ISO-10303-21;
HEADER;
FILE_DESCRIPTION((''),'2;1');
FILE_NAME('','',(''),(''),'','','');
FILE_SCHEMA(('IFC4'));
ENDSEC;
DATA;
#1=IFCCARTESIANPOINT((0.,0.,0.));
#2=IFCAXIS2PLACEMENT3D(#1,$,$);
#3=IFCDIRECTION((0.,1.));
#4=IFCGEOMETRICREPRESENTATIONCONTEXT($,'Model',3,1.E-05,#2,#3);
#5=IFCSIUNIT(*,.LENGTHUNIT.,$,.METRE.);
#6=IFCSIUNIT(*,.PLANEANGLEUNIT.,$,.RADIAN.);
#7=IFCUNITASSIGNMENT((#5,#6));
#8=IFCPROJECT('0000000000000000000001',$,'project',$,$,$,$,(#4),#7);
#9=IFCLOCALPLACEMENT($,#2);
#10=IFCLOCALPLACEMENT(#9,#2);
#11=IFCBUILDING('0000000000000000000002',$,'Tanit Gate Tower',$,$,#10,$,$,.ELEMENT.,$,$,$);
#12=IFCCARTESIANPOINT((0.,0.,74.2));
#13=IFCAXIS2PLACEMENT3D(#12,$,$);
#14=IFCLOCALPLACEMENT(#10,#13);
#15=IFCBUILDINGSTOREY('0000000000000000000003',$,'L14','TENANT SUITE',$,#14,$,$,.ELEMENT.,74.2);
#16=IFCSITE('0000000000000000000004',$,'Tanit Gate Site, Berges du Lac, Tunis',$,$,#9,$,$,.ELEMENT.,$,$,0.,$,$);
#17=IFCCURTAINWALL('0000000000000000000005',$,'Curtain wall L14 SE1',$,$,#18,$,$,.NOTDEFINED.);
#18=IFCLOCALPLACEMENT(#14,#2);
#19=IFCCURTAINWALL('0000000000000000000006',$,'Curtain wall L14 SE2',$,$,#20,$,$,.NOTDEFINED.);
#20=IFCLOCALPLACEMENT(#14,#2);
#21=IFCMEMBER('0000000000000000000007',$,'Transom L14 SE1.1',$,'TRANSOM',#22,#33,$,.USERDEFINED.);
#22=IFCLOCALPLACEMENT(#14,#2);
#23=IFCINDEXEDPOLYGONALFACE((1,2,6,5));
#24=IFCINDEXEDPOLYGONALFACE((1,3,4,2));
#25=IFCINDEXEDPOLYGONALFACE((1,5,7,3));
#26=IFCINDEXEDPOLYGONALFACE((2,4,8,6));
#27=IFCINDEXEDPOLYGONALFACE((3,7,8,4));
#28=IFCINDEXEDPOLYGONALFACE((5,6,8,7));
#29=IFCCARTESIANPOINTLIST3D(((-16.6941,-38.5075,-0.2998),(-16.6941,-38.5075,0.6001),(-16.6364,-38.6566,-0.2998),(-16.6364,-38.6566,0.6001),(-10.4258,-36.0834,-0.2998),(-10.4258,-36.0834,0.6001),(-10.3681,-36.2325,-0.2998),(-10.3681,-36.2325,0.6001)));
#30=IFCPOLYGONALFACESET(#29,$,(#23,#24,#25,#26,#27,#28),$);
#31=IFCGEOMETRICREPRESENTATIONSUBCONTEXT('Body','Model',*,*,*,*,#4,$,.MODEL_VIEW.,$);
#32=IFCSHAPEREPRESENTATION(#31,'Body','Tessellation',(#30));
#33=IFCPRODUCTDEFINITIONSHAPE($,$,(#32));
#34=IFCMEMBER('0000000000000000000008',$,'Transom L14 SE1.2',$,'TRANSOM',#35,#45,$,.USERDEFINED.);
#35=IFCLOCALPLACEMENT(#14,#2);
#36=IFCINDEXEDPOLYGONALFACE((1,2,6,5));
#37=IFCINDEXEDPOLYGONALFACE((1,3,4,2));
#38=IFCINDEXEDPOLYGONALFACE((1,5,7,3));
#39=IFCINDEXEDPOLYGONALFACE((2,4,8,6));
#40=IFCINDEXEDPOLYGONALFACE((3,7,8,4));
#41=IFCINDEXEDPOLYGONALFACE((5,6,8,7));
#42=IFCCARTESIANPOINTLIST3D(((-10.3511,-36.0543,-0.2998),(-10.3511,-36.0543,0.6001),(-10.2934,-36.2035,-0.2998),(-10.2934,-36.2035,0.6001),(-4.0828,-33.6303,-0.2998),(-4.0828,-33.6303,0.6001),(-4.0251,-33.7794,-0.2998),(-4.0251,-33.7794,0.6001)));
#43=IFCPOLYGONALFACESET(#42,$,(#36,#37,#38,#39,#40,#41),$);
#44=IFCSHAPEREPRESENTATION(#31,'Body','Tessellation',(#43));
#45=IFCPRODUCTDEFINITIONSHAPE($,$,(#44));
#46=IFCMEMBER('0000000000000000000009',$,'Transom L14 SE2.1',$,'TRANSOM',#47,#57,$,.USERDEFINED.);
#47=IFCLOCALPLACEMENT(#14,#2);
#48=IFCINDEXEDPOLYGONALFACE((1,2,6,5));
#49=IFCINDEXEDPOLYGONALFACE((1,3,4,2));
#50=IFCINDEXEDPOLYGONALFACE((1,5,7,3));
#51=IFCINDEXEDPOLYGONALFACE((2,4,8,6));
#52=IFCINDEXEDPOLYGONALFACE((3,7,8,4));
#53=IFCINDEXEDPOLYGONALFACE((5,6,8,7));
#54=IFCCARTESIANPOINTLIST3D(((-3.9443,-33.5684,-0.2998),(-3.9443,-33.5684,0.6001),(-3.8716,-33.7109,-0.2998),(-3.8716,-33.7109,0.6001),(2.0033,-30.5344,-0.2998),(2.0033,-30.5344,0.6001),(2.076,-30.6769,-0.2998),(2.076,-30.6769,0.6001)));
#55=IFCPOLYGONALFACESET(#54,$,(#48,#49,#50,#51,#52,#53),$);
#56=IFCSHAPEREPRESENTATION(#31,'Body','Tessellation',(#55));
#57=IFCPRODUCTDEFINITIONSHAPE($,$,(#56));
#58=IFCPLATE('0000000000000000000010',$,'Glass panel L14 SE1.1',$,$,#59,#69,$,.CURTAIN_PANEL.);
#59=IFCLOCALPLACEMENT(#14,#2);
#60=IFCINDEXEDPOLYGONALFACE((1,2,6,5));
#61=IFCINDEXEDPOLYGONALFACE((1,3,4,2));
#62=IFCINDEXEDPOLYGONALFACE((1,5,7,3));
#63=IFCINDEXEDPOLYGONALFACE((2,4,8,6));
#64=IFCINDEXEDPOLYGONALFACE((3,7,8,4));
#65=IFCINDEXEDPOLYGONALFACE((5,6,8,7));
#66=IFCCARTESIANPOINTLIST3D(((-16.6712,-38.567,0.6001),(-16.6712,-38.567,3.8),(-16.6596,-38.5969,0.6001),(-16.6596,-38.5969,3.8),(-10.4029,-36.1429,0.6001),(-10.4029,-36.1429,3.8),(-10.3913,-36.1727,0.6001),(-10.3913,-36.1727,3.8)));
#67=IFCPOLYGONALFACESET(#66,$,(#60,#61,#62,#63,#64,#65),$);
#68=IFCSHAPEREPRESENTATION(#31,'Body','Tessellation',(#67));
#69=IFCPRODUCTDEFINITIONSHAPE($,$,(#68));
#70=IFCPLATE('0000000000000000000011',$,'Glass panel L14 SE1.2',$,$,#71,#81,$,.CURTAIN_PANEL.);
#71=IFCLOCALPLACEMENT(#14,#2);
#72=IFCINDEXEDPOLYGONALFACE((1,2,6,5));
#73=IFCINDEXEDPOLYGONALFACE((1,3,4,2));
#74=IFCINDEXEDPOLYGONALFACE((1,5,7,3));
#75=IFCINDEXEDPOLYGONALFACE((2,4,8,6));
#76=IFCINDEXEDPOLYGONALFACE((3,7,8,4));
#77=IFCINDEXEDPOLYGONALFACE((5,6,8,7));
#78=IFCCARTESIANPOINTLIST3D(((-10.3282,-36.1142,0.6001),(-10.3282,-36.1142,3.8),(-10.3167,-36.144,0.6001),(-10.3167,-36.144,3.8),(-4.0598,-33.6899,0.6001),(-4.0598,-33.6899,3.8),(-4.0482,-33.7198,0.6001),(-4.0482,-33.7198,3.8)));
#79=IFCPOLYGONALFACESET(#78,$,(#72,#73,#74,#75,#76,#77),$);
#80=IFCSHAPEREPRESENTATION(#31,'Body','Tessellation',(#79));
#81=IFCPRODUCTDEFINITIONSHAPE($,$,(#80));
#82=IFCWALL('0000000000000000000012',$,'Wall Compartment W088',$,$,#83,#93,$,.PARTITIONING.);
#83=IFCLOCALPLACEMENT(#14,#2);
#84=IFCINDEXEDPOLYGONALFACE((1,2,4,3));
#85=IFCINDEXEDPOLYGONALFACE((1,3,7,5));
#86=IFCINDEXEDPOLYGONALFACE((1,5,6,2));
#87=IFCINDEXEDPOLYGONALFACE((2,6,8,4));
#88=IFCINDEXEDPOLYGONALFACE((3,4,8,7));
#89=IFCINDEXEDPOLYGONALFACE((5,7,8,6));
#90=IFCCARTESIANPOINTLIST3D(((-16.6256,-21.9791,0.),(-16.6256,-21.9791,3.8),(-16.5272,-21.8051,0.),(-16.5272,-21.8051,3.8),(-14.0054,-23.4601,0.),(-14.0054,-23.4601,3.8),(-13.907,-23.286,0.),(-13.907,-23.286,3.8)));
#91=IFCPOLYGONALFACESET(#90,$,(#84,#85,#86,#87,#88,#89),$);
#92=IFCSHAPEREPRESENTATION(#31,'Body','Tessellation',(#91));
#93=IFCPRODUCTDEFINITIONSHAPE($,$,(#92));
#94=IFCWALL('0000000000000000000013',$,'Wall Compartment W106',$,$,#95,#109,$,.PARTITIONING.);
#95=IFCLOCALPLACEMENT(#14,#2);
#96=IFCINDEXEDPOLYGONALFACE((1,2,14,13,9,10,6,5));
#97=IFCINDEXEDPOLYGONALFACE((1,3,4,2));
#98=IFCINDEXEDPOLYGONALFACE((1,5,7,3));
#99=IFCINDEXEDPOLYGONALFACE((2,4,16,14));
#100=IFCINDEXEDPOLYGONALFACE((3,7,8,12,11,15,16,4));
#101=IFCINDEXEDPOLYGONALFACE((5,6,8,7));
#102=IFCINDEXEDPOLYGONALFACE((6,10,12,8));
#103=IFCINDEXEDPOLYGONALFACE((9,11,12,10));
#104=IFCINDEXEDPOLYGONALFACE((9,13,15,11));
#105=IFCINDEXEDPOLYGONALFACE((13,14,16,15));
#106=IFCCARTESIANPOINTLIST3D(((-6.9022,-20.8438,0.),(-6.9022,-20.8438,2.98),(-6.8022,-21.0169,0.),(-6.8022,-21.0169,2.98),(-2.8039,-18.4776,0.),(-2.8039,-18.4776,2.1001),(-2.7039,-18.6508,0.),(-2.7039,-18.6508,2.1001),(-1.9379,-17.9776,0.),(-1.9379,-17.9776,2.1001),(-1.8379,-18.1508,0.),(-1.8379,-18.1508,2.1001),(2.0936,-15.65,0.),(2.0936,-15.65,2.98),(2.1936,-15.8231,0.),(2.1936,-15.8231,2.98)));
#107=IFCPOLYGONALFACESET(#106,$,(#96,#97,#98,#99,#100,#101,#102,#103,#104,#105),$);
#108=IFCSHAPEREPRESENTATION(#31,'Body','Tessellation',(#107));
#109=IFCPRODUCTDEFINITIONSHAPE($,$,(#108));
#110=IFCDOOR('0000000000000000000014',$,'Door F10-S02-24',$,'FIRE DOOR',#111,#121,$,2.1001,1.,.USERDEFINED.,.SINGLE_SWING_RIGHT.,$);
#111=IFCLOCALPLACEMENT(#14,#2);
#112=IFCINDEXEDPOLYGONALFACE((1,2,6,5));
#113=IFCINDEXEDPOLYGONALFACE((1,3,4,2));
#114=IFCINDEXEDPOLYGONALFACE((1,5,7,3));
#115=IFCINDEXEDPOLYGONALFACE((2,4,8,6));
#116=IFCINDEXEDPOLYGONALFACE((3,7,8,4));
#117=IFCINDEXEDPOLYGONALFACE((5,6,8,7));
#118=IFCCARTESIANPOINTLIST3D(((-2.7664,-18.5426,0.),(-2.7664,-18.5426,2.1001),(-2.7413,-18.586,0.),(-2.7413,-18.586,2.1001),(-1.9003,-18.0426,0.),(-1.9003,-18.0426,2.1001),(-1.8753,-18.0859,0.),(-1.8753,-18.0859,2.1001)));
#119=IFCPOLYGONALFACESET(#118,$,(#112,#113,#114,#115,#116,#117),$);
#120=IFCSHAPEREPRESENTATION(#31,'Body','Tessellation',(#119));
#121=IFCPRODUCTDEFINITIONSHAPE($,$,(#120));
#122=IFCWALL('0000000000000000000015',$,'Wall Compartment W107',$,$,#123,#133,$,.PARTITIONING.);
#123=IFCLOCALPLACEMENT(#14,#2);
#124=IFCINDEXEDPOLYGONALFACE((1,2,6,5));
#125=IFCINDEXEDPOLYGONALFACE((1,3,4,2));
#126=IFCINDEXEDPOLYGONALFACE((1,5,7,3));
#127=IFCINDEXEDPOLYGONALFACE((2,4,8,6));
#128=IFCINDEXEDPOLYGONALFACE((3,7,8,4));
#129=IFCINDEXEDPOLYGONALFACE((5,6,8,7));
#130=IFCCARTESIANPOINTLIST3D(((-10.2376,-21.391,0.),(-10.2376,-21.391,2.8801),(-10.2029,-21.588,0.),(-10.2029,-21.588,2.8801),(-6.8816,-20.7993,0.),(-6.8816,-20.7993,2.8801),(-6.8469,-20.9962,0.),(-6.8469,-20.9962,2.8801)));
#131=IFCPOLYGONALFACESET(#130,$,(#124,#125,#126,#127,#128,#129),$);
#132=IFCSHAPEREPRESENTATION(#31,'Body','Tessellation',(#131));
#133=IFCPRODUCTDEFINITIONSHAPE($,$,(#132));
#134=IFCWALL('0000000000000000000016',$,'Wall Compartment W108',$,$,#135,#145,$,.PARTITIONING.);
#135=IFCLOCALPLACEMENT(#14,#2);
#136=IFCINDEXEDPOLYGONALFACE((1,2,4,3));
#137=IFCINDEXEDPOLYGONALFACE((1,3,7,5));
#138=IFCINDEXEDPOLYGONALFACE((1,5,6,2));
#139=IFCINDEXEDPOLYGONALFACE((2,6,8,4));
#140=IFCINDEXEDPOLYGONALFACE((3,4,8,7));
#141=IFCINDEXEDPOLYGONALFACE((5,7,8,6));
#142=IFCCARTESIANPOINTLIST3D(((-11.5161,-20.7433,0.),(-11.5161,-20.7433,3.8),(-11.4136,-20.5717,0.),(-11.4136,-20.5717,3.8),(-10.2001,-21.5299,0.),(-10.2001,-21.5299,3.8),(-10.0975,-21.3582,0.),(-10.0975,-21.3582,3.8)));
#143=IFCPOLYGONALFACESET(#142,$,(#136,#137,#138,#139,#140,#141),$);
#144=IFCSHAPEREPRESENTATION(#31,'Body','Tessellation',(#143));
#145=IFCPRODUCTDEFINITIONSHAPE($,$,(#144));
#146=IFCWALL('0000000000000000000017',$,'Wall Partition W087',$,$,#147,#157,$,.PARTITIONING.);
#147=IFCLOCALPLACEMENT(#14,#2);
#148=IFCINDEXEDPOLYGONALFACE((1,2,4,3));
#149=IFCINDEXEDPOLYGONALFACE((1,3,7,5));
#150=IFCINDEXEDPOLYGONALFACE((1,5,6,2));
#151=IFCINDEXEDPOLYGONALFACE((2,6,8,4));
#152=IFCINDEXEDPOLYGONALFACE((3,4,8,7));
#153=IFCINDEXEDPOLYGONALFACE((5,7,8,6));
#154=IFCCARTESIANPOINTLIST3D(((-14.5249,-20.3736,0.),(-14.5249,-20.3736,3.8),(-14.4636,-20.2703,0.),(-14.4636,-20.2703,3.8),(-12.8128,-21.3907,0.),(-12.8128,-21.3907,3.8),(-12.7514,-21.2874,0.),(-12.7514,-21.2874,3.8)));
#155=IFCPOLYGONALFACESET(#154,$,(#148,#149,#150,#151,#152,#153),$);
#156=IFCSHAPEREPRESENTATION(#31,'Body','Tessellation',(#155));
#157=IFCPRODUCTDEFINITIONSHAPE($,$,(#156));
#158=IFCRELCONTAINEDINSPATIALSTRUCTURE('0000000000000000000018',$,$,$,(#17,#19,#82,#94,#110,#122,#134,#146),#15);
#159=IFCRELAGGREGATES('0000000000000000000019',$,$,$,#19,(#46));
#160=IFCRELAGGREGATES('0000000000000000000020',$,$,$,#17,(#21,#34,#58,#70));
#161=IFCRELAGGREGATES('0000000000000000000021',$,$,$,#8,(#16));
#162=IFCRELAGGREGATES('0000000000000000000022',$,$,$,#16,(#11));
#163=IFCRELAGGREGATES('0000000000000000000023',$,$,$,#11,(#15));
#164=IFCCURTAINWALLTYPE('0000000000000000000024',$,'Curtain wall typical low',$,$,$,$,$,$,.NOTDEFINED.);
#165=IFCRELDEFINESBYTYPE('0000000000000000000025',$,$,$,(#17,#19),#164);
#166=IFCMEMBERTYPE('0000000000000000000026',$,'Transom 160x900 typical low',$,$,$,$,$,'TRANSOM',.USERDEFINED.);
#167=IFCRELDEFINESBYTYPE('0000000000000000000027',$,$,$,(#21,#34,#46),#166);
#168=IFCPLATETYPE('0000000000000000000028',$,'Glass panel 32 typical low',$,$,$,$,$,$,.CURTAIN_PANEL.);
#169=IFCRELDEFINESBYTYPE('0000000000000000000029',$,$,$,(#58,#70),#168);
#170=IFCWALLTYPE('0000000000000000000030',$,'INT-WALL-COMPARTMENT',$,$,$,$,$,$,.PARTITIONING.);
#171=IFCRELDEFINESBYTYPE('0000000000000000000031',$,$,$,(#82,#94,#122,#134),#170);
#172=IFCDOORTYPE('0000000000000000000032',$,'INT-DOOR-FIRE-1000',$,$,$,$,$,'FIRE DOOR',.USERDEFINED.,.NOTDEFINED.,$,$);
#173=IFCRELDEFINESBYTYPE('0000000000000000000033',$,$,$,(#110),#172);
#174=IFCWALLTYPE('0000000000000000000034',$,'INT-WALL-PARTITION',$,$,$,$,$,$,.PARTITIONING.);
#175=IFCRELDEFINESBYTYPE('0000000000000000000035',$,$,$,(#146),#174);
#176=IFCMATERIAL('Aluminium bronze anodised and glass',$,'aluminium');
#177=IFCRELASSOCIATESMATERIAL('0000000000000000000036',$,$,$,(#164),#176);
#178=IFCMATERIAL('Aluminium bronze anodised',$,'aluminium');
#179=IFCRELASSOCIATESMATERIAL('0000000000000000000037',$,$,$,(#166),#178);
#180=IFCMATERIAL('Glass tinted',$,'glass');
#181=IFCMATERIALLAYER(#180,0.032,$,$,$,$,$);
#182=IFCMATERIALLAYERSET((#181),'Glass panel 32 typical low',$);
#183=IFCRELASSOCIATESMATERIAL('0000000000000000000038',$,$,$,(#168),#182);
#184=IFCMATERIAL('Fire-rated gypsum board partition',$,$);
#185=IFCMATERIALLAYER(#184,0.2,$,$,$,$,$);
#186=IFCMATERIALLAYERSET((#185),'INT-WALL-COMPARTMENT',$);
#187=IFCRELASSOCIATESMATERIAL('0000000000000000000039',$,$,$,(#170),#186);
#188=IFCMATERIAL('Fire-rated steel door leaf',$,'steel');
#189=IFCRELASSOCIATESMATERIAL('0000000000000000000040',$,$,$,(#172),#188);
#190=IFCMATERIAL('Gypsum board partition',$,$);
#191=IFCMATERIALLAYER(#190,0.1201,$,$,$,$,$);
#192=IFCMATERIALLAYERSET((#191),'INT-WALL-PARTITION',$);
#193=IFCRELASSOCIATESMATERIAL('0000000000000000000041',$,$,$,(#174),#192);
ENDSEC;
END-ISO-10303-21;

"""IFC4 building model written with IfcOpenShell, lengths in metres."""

from ifc_helpers import new_model, si_unit, direction, frame, frame_2d, origin, origin_2d, place, context, subcontext, project, spatial, rectangle, extrude, material, layer, layer_set, material_profile, profile_set, type_object, element, fill, aggregate, save


model = new_model("IFC4")

# Units and contexts
model_context = context("Model", 3, precision=1e-05, world=origin(), true_north=direction((0.0, 1.0)))
body_context = subcontext(model_context, "Body", "Model", "MODEL_VIEW")
ifc_project = project(units=[si_unit("LENGTHUNIT", "METRE"), si_unit("PLANEANGLEUNIT", "RADIAN")], contexts=[model_context])

# Site, building, storey
site_placement = place(None, origin())
site = spatial("IfcSite", under=ifc_project, at=site_placement, Name="Tanit Gate Site, Berges du Lac, Tunis", CompositionType="ELEMENT", RefElevation=0.0)
building_placement = place(site_placement, origin())
building = spatial("IfcBuilding", under=site, at=building_placement, Name="Tanit Gate Tower", CompositionType="ELEMENT")
storey_placement = place(building_placement, frame((0.0, 0.0, 74.2)))
storey = spatial("IfcBuildingStorey", under=building, at=storey_placement, Name="L14", Description="TENANT SUITE", CompositionType="ELEMENT", Elevation=74.2)

# Curtain walls
ifc_material_1 = material(Name="Aluminium bronze anodised and glass", Category="aluminium")
curtain_wall_type = type_object("IfcCurtainWallType", Name="Curtain wall typical low", PredefinedType="NOTDEFINED", material=ifc_material_1)
curtain_wall_1_placement = place(storey_placement, origin())
curtain_wall_1 = element("IfcCurtainWall", 1, at=curtain_wall_1_placement, inside=storey, type_object=curtain_wall_type, Name="Curtain wall L14 SE1", PredefinedType="NOTDEFINED")
curtain_wall_2_placement = place(storey_placement, origin())
curtain_wall_2 = element("IfcCurtainWall", 2, at=curtain_wall_2_placement, inside=storey, type_object=curtain_wall_type, Name="Curtain wall L14 SE2", PredefinedType="NOTDEFINED")

# Members
ifc_material_2 = material(Name="Aluminium bronze anodised", Category="aluminium")
ifc_material_profile_1 = material_profile(ifc_material_2, rectangle(XDim=0.1599, YDim=0.8999, at=origin_2d()), Name="160x900 bronze transom")
ifc_profile_set_1 = profile_set([ifc_material_profile_1], Name="Aluminium bronze anodised")
member_type_1 = type_object("IfcMemberType", Name="Transom 160x900 typical low", ElementType="TRANSOM", PredefinedType="USERDEFINED", material=ifc_profile_set_1)
member_1_placement = place(storey_placement, frame((-16.6653, -38.582, 0.1501), z_axis=(0.932687, 0.360687, 0.0), x_axis=(-0.360687, 0.932687, 0.0)))
member_1 = element("IfcMember", 3, at=member_1_placement, type_object=member_type_1, Name="Transom L14 SE1.1", ObjectType="TRANSOM", PredefinedType="USERDEFINED", context=body_context, shape_type="SweptSolid", body=[
    extrude(rectangle(XDim=0.1599, YDim=0.8999, at=origin_2d()), origin(), (0.0, 0.0, 1.0), 6.7207),
])
member_2_placement = place(storey_placement, frame((-10.3223, -36.1289, 0.1501), z_axis=(0.932687, 0.360687, 0.0), x_axis=(-0.360687, 0.932687, 0.0)))
member_2 = element("IfcMember", 4, at=member_2_placement, type_object=member_type_1, Name="Transom L14 SE1.2", ObjectType="TRANSOM", PredefinedType="USERDEFINED", context=body_context, shape_type="SweptSolid", body=[
    extrude(rectangle(XDim=0.1599, YDim=0.8999, at=origin_2d()), origin(), (0.0, 0.0, 1.0), 6.7207),
])
member_3_placement = place(storey_placement, frame((-3.908, -33.6396, 0.1501), z_axis=(0.890793, 0.45441, 0.0), x_axis=(-0.45441, 0.890793, 0.0)))
member_3 = element("IfcMember", 5, at=member_3_placement, type_object=member_type_1, Name="Transom L14 SE2.1", ObjectType="TRANSOM", PredefinedType="USERDEFINED", context=body_context, shape_type="SweptSolid", body=[
    extrude(rectangle(XDim=0.1599, YDim=0.8999, at=origin_2d()), origin(), (0.0, 0.0, 1.0), 6.6768),
])
aggregate(curtain_wall_2, [member_3])

# Plates
ifc_material_3 = material(Name="Glass tinted", Category="glass")
ifc_layer_1 = layer(ifc_material_3, 0.032)
ifc_layer_set_1 = layer_set([ifc_layer_1], Name="Glass panel 32 typical low")
plate_type = type_object("IfcPlateType", Name="Glass panel 32 typical low", PredefinedType="CURTAIN_PANEL", material=ifc_layer_set_1)
plate_1_placement = place(storey_placement, frame((-13.5312, -37.3699, 0.6001), z_axis=(0.0, 0.0, 1.0), x_axis=(0.932681, 0.360703, 0.0)))
plate_1 = element("IfcPlate", 6, at=plate_1_placement, type_object=plate_type, Name="Glass panel L14 SE1.1", PredefinedType="CURTAIN_PANEL", context=body_context, shape_type="SweptSolid", body=[
    extrude(rectangle(XDim=6.7207, YDim=0.032, at=origin_2d()), origin(), (0.0, 0.0, 1.0), 3.2),
])
plate_2_placement = place(storey_placement, frame((-7.1882, -34.917, 0.6001), z_axis=(0.0, 0.0, 1.0), x_axis=(0.932681, 0.360703, 0.0)))
plate_2 = element("IfcPlate", 7, at=plate_2_placement, type_object=plate_type, Name="Glass panel L14 SE1.2", PredefinedType="CURTAIN_PANEL", context=body_context, shape_type="SweptSolid", body=[
    extrude(rectangle(XDim=6.7209, YDim=0.032, at=origin_2d()), origin(), (0.0, 0.0, 1.0), 3.2),
])
aggregate(curtain_wall_1, [member_1, member_2, plate_1, plate_2])

# Wall
ifc_material_4 = material(Name="Fire-rated gypsum board partition")
ifc_layer_2 = layer(ifc_material_4, 0.2)
ifc_layer_set_2 = layer_set([ifc_layer_2], Name="INT-WALL-COMPARTMENT")
wall_type_1 = type_object("IfcWallType", Name="INT-WALL-COMPARTMENT", PredefinedType="PARTITIONING", material=ifc_layer_set_2)
wall_1_placement = place(storey_placement, frame((-16.5764, -21.8921, 0.0), z_axis=(0.0, 0.0, 1.0), x_axis=(0.87056, -0.492063, 0.0)))
element("IfcWall", 8, at=wall_1_placement, inside=storey, type_object=wall_type_1, Name="Wall Compartment W088", PredefinedType="PARTITIONING", context=body_context, shape_type="SweptSolid", body=[
    extrude(rectangle(XDim=3.0098, YDim=0.2, at=frame_2d((1.5049, 0.0))), origin(), (0.0, 0.0, 1.0), 3.8),
])

# Wall, opening, door
wall_2_placement = place(storey_placement, frame((-6.8523, -20.9304, 0.0), z_axis=(0.0, 0.0, 1.0), x_axis=(0.866022, 0.500007, 0.0)))
wall_2 = element("IfcWall", 9, at=wall_2_placement, inside=storey, type_object=wall_type_1, Name="Wall Compartment W106", PredefinedType="PARTITIONING", context=body_context, shape_type="SweptSolid", body=[
    extrude(rectangle(XDim=10.3875, YDim=0.2, at=frame_2d((5.1938, 0.0))), origin(), (0.0, 0.0, 1.0), 2.98),
])
opening_1_placement = place(wall_2_placement, frame((4.7324, 0.0, 0.0)))
opening_1 = element("IfcOpeningElement", 10, at=opening_1_placement, cuts=wall_2, PredefinedType="OPENING", context=body_context, shape_type="SweptSolid", body=[
    extrude(rectangle(XDim=1.0, YDim=2.1001, at=frame_2d((0.5, 1.05))), frame((0.0, 0.1099, 0.0), z_axis=(0.0, -1.0, 0.0), x_axis=(1.0, 0.0, 0.0)), (0.0, 0.0, 1.0), 0.22),
])
ifc_material_5 = material(Name="Fire-rated steel door leaf", Category="steel")
door_type_1 = type_object("IfcDoorType", Name="INT-DOOR-FIRE-1000", ElementType="FIRE DOOR", OperationType="NOTDEFINED", PredefinedType="USERDEFINED", material=ifc_material_5)
door_1_placement = place(opening_1_placement, origin())
door_1 = element("IfcDoor", 11, at=door_1_placement, inside=storey, type_object=door_type_1, Name="Door F10-S02-24", ObjectType="FIRE DOOR", OperationType="SINGLE_SWING_RIGHT", OverallHeight=2.1001, OverallWidth=1.0, PredefinedType="USERDEFINED", context=body_context, shape_type="SweptSolid", body=[
    extrude(rectangle(XDim=1.0, YDim=2.1001, at=frame_2d((0.5, 1.05))), frame((0.0, 0.0249, 0.0), z_axis=(0.0, -1.0, 0.0), x_axis=(1.0, 0.0, 0.0)), (0.0, 0.0, 1.0), 0.05),
])
fill(opening_1, door_1)

# Walls
wall_3_placement = place(storey_placement, frame((-10.2202, -21.4895, 0.0), z_axis=(0.0, 0.0, 1.0), x_axis=(0.984805, 0.173663, 0.0)))
element("IfcWall", 12, at=wall_3_placement, inside=storey, type_object=wall_type_1, Name="Wall Compartment W107", PredefinedType="PARTITIONING", context=body_context, shape_type="SweptSolid", body=[
    extrude(rectangle(XDim=3.4077, YDim=0.2, at=frame_2d((1.7039, 0.0))), origin(), (0.0, 0.0, 1.0), 2.8801),
])
wall_4_placement = place(storey_placement, frame((-11.4648, -20.6575, 0.0), z_axis=(0.0, 0.0, 1.0), x_axis=(0.858377, -0.51302, 0.0)))
element("IfcWall", 13, at=wall_4_placement, inside=storey, type_object=wall_type_1, Name="Wall Compartment W108", PredefinedType="PARTITIONING", context=body_context, shape_type="SweptSolid", body=[
    extrude(rectangle(XDim=1.5332, YDim=0.2, at=frame_2d((0.7666, 0.0))), origin(), (0.0, 0.0, 1.0), 3.8),
])
ifc_material_6 = material(Name="Gypsum board partition")
ifc_layer_3 = layer(ifc_material_6, 0.1201)
ifc_layer_set_3 = layer_set([ifc_layer_3], Name="INT-WALL-PARTITION")
wall_type_2 = type_object("IfcWallType", Name="INT-WALL-PARTITION", PredefinedType="PARTITIONING", material=ifc_layer_set_3)
wall_5_placement = place(storey_placement, frame((-14.4941, -20.322, 0.0), z_axis=(0.0, 0.0, 1.0), x_axis=(0.859745, -0.510723, 0.0)))
element("IfcWall", 14, at=wall_5_placement, inside=storey, type_object=wall_type_2, Name="Wall Partition W087", PredefinedType="PARTITIONING", context=body_context, shape_type="SweptSolid", body=[
    extrude(rectangle(XDim=1.9915, YDim=0.1201, at=frame_2d((0.9956, 0.0))), origin(), (0.0, 0.0, 1.0), 3.8),
])

save(model, "model.ifc")
